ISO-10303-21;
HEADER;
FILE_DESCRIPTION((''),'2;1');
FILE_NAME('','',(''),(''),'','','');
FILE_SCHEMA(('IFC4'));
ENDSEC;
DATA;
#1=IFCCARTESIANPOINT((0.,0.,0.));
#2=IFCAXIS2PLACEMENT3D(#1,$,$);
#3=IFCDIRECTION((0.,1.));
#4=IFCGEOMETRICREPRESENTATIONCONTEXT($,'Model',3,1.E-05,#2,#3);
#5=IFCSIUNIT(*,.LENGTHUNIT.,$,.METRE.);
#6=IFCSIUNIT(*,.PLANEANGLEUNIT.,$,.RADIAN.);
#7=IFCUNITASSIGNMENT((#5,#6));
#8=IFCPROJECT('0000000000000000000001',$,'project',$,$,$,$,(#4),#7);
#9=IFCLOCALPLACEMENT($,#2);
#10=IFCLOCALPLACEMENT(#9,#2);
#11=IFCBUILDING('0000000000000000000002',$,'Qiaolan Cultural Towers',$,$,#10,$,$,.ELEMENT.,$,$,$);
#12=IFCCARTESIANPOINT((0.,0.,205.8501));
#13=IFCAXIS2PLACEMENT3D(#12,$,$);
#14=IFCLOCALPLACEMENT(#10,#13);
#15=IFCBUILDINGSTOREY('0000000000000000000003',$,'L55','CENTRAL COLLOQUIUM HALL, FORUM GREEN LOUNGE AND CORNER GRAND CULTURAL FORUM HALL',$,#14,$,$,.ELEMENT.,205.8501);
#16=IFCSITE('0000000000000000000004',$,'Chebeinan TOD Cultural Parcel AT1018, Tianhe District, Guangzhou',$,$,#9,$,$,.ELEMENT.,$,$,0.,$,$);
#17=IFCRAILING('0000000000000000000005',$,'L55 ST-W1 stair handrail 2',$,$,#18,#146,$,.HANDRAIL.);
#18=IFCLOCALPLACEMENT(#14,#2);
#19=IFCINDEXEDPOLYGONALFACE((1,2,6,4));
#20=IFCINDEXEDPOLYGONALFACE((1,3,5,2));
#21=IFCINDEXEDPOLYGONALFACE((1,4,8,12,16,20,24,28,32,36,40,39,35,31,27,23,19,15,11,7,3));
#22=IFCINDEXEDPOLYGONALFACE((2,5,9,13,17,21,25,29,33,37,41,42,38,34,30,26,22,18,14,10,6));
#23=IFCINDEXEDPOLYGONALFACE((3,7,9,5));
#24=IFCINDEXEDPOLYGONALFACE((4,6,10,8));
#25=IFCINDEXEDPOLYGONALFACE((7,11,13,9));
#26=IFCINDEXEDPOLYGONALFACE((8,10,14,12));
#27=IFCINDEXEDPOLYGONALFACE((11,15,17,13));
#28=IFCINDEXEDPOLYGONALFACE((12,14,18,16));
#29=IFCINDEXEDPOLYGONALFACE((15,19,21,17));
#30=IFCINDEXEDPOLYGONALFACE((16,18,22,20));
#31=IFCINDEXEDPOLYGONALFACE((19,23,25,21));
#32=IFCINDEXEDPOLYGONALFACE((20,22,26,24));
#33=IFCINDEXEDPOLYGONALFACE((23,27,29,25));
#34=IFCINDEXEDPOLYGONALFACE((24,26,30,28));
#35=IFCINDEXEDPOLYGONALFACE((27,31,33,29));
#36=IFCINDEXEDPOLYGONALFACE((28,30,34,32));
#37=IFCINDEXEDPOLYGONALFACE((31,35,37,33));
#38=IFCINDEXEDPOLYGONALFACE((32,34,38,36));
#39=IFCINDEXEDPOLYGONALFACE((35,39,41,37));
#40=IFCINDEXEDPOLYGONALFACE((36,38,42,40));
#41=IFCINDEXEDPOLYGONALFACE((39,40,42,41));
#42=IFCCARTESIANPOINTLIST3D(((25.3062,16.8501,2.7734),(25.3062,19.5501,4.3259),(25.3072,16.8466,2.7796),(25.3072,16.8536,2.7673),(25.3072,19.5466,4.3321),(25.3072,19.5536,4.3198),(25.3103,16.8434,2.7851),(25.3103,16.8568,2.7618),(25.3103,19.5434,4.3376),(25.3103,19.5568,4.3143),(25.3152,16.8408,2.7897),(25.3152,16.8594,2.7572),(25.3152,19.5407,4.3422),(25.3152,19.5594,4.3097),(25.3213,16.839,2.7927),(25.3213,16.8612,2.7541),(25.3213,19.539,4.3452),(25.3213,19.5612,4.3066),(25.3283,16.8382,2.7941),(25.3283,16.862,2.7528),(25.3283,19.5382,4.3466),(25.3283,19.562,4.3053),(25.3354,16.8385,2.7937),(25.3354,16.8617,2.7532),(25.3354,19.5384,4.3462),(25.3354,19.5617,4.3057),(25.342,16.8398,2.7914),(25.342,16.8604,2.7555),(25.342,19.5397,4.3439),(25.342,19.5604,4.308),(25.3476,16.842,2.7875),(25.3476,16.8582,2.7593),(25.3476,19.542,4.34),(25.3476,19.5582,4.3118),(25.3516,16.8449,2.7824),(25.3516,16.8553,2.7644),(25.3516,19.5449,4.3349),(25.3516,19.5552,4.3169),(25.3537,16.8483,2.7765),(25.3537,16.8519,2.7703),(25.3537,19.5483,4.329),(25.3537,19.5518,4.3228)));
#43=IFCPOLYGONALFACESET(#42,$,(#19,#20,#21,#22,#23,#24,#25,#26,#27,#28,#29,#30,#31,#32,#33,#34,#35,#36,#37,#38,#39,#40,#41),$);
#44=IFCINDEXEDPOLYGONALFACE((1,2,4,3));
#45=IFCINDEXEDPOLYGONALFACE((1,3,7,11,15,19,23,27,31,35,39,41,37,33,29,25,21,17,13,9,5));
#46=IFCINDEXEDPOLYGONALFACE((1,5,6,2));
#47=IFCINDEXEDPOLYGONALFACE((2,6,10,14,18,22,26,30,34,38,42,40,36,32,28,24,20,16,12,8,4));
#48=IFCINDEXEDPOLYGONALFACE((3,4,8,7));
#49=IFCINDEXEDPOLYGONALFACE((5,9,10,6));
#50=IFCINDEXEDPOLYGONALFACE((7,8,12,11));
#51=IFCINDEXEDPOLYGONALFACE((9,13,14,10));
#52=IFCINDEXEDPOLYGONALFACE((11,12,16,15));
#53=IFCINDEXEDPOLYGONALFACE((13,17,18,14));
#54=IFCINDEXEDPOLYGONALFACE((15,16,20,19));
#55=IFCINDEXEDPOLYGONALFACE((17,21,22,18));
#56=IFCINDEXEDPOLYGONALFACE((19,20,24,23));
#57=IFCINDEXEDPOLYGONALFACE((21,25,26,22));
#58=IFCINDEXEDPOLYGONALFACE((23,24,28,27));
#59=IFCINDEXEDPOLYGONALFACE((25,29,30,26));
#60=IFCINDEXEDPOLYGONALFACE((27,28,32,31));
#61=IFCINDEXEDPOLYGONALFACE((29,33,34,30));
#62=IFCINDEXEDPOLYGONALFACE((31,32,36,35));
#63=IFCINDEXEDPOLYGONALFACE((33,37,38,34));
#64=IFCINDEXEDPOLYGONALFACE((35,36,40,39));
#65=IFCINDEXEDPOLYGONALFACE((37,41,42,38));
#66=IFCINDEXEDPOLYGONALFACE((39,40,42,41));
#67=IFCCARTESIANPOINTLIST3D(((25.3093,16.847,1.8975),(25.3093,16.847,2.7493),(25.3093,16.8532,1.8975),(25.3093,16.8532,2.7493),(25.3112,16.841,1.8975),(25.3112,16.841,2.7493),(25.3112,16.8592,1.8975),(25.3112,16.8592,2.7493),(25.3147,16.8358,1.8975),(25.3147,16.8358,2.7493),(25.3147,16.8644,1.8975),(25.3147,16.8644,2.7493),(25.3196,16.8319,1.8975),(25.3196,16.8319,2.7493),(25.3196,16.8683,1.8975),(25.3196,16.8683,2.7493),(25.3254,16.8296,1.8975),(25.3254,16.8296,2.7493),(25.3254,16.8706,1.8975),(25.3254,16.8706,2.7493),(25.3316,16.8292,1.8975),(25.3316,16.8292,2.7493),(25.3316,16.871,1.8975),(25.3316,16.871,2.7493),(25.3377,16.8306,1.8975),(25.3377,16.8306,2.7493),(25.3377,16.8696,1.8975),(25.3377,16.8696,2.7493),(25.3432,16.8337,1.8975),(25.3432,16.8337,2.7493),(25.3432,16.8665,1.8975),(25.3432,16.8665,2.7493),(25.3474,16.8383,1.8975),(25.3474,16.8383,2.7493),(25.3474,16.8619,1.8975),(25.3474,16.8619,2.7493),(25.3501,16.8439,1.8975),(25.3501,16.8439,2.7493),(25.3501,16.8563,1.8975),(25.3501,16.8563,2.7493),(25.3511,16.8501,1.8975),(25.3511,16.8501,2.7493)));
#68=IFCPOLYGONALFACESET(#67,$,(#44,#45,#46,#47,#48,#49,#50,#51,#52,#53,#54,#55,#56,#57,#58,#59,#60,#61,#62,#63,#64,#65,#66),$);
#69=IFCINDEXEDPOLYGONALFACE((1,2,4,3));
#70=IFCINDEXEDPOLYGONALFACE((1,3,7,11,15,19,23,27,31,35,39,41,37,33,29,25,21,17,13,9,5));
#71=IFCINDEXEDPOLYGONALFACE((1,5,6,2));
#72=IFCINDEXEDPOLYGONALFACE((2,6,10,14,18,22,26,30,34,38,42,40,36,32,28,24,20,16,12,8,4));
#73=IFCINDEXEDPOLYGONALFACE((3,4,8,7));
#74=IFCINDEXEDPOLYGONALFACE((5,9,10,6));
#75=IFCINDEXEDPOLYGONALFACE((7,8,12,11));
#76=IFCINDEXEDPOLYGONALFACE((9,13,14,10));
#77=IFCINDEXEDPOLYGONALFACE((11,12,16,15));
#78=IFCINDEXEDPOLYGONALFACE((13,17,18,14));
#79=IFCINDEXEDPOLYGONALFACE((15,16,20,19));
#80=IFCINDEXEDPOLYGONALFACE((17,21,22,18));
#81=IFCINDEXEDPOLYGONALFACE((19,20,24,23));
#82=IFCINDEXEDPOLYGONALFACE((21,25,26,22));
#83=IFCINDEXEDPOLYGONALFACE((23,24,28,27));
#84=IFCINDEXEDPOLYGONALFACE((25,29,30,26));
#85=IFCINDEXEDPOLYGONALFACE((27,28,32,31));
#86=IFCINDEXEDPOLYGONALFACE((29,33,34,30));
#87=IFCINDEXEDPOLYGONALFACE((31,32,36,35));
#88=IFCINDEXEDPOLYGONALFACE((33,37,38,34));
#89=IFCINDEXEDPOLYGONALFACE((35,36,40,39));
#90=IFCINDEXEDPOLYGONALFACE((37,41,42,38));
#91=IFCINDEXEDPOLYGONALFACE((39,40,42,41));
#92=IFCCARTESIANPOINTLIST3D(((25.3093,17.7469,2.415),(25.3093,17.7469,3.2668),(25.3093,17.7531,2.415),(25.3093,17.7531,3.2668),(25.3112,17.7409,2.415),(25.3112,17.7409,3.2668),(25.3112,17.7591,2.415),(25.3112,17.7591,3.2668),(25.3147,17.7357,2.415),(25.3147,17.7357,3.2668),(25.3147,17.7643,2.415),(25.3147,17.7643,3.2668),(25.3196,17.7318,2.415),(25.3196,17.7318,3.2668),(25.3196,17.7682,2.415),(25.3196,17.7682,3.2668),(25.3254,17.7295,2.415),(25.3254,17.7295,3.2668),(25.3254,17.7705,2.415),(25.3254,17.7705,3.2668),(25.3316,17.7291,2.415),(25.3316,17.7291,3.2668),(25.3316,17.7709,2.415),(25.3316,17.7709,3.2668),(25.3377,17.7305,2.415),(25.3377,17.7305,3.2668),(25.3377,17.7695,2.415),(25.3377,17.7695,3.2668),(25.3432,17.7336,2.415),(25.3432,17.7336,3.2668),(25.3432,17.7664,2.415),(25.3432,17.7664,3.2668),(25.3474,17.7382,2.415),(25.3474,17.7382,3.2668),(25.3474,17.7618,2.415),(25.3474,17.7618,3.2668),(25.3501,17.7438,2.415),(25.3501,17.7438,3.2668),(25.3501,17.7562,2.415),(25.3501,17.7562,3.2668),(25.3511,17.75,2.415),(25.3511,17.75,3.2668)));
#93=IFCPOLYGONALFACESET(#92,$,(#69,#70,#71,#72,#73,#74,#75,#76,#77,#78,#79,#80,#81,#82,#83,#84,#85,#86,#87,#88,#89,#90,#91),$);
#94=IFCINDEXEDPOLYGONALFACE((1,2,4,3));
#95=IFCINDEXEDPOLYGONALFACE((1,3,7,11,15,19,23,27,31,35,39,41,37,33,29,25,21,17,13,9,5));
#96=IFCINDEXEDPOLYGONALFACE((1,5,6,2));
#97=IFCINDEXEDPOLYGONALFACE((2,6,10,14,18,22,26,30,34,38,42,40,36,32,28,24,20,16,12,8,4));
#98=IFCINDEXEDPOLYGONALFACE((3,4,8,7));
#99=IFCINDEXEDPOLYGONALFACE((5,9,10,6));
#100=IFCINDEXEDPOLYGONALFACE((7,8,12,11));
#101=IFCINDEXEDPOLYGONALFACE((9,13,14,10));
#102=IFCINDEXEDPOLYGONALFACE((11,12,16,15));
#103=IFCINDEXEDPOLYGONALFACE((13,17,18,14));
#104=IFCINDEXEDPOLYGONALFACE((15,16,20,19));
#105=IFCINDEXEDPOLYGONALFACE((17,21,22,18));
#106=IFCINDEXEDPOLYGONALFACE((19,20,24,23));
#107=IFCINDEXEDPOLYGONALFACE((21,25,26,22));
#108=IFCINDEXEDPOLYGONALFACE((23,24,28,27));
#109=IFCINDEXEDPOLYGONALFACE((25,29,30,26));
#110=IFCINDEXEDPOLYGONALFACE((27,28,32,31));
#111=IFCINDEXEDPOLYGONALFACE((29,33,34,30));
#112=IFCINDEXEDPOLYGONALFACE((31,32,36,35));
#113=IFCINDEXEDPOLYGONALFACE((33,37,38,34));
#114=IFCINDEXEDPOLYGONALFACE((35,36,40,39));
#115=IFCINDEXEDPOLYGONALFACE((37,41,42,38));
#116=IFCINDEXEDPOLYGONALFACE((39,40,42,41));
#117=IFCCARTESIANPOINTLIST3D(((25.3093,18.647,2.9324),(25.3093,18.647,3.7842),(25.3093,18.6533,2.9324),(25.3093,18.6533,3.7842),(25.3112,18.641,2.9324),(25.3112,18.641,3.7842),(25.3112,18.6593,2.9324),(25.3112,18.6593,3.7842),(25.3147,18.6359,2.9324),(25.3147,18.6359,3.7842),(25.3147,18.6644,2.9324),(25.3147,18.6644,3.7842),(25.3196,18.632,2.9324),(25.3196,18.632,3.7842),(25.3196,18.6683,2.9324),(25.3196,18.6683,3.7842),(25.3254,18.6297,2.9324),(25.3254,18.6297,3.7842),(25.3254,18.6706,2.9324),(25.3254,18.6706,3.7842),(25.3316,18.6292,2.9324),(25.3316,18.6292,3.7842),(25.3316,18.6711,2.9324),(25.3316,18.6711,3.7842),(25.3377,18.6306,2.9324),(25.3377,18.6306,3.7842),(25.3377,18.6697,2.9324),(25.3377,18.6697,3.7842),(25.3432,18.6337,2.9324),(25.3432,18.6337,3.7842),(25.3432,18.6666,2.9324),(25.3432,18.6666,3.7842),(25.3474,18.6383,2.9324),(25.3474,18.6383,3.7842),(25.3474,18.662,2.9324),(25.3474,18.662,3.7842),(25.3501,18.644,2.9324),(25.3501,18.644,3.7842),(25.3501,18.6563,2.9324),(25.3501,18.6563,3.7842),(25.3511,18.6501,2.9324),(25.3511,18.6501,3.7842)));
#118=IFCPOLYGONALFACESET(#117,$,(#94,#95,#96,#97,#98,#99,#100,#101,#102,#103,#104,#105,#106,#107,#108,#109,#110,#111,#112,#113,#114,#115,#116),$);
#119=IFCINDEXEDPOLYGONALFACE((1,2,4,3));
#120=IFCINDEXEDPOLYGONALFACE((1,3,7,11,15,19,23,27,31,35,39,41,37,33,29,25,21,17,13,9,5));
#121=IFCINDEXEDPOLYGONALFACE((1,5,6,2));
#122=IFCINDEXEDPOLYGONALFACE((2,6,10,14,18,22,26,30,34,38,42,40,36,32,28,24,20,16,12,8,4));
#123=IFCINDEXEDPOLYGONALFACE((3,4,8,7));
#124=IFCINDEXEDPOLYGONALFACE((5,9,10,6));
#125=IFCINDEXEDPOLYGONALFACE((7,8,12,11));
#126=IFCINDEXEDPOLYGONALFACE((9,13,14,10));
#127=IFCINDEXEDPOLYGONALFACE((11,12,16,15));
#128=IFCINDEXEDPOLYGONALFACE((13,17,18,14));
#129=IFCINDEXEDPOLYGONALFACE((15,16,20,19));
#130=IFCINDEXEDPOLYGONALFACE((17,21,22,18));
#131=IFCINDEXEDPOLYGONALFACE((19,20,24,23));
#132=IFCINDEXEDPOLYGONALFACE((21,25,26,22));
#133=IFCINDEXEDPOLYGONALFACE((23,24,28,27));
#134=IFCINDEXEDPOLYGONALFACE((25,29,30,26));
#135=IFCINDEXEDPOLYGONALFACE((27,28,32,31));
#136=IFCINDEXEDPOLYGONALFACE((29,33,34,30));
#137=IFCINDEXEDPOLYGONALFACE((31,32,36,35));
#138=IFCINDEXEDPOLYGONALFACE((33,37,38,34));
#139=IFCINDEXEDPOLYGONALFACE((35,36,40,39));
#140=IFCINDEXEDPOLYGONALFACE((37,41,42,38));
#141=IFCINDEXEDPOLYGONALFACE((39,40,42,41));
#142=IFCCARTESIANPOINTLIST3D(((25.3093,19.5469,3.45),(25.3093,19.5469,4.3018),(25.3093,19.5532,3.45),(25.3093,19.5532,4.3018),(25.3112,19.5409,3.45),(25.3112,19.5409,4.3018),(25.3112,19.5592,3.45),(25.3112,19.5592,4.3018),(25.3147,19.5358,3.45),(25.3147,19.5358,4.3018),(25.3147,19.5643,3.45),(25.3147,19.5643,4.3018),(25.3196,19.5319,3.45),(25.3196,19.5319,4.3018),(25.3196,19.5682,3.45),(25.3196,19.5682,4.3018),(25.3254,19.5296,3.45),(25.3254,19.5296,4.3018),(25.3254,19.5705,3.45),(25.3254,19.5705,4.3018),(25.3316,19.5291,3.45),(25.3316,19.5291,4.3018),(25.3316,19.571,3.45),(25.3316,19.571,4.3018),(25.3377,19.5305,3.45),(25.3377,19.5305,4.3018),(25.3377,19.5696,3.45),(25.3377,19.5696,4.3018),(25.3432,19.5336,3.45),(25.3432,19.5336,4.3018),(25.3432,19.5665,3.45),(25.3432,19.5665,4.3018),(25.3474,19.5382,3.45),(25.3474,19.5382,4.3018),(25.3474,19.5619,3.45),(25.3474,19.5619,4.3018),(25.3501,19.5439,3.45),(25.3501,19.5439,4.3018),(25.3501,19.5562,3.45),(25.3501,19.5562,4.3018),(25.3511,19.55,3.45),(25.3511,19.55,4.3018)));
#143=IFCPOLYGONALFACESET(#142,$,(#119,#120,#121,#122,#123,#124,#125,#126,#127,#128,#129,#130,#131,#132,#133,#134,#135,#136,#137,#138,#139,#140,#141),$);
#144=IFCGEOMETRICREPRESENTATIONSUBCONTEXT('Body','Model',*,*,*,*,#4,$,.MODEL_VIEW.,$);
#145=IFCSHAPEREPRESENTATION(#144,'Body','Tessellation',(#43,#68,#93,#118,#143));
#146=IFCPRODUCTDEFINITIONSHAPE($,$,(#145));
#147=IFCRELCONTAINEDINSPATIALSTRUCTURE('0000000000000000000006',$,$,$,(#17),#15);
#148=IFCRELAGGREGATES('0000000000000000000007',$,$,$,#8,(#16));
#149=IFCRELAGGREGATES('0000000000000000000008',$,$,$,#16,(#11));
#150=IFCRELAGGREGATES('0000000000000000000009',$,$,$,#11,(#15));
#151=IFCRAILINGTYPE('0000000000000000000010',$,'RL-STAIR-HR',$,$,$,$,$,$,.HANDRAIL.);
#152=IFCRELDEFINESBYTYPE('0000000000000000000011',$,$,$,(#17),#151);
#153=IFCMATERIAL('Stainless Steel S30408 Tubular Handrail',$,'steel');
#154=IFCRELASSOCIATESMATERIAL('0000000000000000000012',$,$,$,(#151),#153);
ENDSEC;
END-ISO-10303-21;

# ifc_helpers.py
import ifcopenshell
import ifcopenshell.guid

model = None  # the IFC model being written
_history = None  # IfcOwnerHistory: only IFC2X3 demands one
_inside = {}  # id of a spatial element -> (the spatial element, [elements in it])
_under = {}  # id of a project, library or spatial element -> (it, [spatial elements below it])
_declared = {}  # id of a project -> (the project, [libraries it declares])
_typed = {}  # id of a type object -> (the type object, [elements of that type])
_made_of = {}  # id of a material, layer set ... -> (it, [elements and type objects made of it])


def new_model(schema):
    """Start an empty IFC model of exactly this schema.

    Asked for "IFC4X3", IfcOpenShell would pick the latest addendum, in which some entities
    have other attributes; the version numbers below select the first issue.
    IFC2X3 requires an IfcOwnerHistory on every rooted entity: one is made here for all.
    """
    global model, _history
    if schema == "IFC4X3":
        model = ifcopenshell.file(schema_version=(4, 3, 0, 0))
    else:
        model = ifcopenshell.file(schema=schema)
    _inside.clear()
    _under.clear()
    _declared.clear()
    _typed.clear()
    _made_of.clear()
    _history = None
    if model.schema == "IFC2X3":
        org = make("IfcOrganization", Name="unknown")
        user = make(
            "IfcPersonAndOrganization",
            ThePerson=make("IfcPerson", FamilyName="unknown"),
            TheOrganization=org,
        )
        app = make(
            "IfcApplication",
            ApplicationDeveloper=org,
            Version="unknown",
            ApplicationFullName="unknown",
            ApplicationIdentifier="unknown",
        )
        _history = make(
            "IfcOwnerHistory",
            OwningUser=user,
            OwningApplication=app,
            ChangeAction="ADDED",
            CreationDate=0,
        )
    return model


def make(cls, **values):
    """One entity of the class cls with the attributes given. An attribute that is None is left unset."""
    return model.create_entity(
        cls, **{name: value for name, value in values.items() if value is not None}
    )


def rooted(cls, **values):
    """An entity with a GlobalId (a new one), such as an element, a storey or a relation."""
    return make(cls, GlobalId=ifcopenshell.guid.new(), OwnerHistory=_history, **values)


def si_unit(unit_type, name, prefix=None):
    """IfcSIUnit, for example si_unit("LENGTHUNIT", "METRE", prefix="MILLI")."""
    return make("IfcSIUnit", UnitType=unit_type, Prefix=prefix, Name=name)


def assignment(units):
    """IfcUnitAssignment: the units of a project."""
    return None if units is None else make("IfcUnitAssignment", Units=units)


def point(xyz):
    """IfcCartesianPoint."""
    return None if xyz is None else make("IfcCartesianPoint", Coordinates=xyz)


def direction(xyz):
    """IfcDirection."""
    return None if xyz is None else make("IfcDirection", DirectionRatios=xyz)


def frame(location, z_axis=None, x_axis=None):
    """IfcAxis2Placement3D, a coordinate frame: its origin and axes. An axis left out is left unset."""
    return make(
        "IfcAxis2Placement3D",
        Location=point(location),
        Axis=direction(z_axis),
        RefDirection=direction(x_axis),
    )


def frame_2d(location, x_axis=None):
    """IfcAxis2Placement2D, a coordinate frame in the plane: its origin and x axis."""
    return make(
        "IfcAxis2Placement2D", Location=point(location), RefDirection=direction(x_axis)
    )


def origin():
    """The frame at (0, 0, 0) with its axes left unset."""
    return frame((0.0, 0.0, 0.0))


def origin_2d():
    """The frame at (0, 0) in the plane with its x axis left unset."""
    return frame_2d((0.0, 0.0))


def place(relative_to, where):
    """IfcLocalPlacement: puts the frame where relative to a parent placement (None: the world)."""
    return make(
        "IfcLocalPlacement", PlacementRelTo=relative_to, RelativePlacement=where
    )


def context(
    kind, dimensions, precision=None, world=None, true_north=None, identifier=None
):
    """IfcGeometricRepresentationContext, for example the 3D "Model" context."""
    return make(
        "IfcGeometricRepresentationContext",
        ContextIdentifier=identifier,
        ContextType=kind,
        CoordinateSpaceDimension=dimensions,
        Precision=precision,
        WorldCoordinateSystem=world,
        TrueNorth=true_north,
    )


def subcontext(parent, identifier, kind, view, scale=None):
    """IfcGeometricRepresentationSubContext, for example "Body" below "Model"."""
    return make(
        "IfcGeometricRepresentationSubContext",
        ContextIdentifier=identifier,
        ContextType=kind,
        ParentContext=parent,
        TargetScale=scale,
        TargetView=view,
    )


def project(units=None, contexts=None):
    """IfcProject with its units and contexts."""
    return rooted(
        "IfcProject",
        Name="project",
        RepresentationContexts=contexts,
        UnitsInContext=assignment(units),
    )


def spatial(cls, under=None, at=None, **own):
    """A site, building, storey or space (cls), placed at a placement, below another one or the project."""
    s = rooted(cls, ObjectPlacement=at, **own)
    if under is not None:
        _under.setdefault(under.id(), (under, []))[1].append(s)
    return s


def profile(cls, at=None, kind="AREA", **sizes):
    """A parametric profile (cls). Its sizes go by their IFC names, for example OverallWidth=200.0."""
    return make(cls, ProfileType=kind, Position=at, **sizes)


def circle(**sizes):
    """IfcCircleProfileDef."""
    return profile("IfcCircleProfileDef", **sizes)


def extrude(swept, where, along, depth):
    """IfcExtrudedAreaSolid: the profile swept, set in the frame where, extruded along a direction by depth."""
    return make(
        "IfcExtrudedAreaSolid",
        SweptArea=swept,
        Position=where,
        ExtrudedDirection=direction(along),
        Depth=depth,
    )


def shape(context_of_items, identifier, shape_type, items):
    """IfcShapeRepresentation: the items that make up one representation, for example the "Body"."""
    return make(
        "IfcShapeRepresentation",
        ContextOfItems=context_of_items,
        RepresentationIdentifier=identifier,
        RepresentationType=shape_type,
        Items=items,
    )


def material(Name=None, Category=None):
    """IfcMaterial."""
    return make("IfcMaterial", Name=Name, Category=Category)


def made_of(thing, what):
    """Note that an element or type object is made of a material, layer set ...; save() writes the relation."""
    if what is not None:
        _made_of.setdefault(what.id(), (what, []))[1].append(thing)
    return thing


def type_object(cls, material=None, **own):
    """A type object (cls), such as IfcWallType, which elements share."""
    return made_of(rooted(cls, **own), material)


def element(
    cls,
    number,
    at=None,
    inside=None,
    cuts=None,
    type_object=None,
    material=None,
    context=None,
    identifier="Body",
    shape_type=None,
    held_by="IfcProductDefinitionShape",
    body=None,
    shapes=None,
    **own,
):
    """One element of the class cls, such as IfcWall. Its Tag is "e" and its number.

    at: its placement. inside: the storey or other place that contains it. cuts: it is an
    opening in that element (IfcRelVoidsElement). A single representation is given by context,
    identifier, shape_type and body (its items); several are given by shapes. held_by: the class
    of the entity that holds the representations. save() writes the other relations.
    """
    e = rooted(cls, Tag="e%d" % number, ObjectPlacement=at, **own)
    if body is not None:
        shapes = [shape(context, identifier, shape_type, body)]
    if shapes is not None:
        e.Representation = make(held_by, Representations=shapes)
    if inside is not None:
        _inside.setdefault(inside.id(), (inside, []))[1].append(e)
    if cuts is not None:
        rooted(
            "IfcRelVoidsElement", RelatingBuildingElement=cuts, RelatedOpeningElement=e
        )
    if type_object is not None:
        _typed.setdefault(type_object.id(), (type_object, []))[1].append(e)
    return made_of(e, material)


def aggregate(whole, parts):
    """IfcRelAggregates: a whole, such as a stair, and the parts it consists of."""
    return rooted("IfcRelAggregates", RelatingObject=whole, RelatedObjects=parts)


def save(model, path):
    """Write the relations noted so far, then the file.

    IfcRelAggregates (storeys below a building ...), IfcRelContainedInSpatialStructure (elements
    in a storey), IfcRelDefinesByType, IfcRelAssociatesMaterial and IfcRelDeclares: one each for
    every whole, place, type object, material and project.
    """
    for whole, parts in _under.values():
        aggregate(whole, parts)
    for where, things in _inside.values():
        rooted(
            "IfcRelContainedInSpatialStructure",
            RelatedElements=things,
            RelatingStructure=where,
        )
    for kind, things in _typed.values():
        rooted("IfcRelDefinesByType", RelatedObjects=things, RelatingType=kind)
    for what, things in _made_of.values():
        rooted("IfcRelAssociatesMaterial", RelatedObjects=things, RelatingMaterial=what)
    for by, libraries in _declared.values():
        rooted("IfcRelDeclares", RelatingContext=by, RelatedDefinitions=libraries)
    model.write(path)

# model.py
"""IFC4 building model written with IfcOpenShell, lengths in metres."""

from ifc_helpers import new_model, si_unit, direction, frame, origin, origin_2d, place, context, subcontext, project, spatial, circle, extrude, material, type_object, element, save


model = new_model("IFC4")

# Units and contexts
model_context = context("Model", 3, precision=1e-05, world=origin(), true_north=direction((0.0, 1.0)))
body_context = subcontext(model_context, "Body", "Model", "MODEL_VIEW")
ifc_project = project(units=[si_unit("LENGTHUNIT", "METRE"), si_unit("PLANEANGLEUNIT", "RADIAN")], contexts=[model_context])

# Site, building, storey
site_placement = place(None, origin())
site = spatial("IfcSite", under=ifc_project, at=site_placement, Name="Chebeinan TOD Cultural Parcel AT1018, Tianhe District, Guangzhou", CompositionType="ELEMENT", RefElevation=0.0)
building_placement = place(site_placement, origin())
building = spatial("IfcBuilding", under=site, at=building_placement, Name="Qiaolan Cultural Towers", CompositionType="ELEMENT")
storey_placement = place(building_placement, frame((0.0, 0.0, 205.8501)))
storey = spatial("IfcBuildingStorey", under=building, at=storey_placement, Name="L55", Description="CENTRAL COLLOQUIUM HALL, FORUM GREEN LOUNGE AND CORNER GRAND CULTURAL FORUM HALL", CompositionType="ELEMENT", Elevation=205.8501)

# Railing
ifc_material_1 = material(Name="Stainless Steel S30408 Tubular Handrail", Category="steel")
railing_type = type_object("IfcRailingType", Name="RL-STAIR-HR", PredefinedType="HANDRAIL", material=ifc_material_1)
railing_placement = place(storey_placement, frame((25.3301, 16.8501, 1.8975)))
element("IfcRailing", 1, at=railing_placement, inside=storey, type_object=railing_type, Name="L55 ST-W1 stair handrail 2", PredefinedType="HANDRAIL", context=body_context, shape_type="SweptSolid", body=[
    extrude(circle(Radius=0.0239, at=origin_2d()), frame((0.0, 0.0, 0.876), z_axis=(0.0, 0.866904, 0.498476), x_axis=(-1.0, 0.0, 0.0)), (0.0, 0.0, 1.0), 3.1145),
    extrude(circle(Radius=0.021, at=origin_2d()), origin(), (0.0, 0.0, 1.0), 0.8518),
    extrude(circle(Radius=0.021, at=origin_2d()), frame((0.0, 0.8999, 0.5176)), (0.0, 0.0, 1.0), 0.8518),
    extrude(circle(Radius=0.021, at=origin_2d()), frame((0.0, 1.8, 1.0349)), (0.0, 0.0, 1.0), 0.8518),
    extrude(circle(Radius=0.021, at=origin_2d()), frame((0.0, 2.7, 1.5525)), (0.0, 0.0, 1.0), 0.8518),
])

save(model, "model.ifc")
